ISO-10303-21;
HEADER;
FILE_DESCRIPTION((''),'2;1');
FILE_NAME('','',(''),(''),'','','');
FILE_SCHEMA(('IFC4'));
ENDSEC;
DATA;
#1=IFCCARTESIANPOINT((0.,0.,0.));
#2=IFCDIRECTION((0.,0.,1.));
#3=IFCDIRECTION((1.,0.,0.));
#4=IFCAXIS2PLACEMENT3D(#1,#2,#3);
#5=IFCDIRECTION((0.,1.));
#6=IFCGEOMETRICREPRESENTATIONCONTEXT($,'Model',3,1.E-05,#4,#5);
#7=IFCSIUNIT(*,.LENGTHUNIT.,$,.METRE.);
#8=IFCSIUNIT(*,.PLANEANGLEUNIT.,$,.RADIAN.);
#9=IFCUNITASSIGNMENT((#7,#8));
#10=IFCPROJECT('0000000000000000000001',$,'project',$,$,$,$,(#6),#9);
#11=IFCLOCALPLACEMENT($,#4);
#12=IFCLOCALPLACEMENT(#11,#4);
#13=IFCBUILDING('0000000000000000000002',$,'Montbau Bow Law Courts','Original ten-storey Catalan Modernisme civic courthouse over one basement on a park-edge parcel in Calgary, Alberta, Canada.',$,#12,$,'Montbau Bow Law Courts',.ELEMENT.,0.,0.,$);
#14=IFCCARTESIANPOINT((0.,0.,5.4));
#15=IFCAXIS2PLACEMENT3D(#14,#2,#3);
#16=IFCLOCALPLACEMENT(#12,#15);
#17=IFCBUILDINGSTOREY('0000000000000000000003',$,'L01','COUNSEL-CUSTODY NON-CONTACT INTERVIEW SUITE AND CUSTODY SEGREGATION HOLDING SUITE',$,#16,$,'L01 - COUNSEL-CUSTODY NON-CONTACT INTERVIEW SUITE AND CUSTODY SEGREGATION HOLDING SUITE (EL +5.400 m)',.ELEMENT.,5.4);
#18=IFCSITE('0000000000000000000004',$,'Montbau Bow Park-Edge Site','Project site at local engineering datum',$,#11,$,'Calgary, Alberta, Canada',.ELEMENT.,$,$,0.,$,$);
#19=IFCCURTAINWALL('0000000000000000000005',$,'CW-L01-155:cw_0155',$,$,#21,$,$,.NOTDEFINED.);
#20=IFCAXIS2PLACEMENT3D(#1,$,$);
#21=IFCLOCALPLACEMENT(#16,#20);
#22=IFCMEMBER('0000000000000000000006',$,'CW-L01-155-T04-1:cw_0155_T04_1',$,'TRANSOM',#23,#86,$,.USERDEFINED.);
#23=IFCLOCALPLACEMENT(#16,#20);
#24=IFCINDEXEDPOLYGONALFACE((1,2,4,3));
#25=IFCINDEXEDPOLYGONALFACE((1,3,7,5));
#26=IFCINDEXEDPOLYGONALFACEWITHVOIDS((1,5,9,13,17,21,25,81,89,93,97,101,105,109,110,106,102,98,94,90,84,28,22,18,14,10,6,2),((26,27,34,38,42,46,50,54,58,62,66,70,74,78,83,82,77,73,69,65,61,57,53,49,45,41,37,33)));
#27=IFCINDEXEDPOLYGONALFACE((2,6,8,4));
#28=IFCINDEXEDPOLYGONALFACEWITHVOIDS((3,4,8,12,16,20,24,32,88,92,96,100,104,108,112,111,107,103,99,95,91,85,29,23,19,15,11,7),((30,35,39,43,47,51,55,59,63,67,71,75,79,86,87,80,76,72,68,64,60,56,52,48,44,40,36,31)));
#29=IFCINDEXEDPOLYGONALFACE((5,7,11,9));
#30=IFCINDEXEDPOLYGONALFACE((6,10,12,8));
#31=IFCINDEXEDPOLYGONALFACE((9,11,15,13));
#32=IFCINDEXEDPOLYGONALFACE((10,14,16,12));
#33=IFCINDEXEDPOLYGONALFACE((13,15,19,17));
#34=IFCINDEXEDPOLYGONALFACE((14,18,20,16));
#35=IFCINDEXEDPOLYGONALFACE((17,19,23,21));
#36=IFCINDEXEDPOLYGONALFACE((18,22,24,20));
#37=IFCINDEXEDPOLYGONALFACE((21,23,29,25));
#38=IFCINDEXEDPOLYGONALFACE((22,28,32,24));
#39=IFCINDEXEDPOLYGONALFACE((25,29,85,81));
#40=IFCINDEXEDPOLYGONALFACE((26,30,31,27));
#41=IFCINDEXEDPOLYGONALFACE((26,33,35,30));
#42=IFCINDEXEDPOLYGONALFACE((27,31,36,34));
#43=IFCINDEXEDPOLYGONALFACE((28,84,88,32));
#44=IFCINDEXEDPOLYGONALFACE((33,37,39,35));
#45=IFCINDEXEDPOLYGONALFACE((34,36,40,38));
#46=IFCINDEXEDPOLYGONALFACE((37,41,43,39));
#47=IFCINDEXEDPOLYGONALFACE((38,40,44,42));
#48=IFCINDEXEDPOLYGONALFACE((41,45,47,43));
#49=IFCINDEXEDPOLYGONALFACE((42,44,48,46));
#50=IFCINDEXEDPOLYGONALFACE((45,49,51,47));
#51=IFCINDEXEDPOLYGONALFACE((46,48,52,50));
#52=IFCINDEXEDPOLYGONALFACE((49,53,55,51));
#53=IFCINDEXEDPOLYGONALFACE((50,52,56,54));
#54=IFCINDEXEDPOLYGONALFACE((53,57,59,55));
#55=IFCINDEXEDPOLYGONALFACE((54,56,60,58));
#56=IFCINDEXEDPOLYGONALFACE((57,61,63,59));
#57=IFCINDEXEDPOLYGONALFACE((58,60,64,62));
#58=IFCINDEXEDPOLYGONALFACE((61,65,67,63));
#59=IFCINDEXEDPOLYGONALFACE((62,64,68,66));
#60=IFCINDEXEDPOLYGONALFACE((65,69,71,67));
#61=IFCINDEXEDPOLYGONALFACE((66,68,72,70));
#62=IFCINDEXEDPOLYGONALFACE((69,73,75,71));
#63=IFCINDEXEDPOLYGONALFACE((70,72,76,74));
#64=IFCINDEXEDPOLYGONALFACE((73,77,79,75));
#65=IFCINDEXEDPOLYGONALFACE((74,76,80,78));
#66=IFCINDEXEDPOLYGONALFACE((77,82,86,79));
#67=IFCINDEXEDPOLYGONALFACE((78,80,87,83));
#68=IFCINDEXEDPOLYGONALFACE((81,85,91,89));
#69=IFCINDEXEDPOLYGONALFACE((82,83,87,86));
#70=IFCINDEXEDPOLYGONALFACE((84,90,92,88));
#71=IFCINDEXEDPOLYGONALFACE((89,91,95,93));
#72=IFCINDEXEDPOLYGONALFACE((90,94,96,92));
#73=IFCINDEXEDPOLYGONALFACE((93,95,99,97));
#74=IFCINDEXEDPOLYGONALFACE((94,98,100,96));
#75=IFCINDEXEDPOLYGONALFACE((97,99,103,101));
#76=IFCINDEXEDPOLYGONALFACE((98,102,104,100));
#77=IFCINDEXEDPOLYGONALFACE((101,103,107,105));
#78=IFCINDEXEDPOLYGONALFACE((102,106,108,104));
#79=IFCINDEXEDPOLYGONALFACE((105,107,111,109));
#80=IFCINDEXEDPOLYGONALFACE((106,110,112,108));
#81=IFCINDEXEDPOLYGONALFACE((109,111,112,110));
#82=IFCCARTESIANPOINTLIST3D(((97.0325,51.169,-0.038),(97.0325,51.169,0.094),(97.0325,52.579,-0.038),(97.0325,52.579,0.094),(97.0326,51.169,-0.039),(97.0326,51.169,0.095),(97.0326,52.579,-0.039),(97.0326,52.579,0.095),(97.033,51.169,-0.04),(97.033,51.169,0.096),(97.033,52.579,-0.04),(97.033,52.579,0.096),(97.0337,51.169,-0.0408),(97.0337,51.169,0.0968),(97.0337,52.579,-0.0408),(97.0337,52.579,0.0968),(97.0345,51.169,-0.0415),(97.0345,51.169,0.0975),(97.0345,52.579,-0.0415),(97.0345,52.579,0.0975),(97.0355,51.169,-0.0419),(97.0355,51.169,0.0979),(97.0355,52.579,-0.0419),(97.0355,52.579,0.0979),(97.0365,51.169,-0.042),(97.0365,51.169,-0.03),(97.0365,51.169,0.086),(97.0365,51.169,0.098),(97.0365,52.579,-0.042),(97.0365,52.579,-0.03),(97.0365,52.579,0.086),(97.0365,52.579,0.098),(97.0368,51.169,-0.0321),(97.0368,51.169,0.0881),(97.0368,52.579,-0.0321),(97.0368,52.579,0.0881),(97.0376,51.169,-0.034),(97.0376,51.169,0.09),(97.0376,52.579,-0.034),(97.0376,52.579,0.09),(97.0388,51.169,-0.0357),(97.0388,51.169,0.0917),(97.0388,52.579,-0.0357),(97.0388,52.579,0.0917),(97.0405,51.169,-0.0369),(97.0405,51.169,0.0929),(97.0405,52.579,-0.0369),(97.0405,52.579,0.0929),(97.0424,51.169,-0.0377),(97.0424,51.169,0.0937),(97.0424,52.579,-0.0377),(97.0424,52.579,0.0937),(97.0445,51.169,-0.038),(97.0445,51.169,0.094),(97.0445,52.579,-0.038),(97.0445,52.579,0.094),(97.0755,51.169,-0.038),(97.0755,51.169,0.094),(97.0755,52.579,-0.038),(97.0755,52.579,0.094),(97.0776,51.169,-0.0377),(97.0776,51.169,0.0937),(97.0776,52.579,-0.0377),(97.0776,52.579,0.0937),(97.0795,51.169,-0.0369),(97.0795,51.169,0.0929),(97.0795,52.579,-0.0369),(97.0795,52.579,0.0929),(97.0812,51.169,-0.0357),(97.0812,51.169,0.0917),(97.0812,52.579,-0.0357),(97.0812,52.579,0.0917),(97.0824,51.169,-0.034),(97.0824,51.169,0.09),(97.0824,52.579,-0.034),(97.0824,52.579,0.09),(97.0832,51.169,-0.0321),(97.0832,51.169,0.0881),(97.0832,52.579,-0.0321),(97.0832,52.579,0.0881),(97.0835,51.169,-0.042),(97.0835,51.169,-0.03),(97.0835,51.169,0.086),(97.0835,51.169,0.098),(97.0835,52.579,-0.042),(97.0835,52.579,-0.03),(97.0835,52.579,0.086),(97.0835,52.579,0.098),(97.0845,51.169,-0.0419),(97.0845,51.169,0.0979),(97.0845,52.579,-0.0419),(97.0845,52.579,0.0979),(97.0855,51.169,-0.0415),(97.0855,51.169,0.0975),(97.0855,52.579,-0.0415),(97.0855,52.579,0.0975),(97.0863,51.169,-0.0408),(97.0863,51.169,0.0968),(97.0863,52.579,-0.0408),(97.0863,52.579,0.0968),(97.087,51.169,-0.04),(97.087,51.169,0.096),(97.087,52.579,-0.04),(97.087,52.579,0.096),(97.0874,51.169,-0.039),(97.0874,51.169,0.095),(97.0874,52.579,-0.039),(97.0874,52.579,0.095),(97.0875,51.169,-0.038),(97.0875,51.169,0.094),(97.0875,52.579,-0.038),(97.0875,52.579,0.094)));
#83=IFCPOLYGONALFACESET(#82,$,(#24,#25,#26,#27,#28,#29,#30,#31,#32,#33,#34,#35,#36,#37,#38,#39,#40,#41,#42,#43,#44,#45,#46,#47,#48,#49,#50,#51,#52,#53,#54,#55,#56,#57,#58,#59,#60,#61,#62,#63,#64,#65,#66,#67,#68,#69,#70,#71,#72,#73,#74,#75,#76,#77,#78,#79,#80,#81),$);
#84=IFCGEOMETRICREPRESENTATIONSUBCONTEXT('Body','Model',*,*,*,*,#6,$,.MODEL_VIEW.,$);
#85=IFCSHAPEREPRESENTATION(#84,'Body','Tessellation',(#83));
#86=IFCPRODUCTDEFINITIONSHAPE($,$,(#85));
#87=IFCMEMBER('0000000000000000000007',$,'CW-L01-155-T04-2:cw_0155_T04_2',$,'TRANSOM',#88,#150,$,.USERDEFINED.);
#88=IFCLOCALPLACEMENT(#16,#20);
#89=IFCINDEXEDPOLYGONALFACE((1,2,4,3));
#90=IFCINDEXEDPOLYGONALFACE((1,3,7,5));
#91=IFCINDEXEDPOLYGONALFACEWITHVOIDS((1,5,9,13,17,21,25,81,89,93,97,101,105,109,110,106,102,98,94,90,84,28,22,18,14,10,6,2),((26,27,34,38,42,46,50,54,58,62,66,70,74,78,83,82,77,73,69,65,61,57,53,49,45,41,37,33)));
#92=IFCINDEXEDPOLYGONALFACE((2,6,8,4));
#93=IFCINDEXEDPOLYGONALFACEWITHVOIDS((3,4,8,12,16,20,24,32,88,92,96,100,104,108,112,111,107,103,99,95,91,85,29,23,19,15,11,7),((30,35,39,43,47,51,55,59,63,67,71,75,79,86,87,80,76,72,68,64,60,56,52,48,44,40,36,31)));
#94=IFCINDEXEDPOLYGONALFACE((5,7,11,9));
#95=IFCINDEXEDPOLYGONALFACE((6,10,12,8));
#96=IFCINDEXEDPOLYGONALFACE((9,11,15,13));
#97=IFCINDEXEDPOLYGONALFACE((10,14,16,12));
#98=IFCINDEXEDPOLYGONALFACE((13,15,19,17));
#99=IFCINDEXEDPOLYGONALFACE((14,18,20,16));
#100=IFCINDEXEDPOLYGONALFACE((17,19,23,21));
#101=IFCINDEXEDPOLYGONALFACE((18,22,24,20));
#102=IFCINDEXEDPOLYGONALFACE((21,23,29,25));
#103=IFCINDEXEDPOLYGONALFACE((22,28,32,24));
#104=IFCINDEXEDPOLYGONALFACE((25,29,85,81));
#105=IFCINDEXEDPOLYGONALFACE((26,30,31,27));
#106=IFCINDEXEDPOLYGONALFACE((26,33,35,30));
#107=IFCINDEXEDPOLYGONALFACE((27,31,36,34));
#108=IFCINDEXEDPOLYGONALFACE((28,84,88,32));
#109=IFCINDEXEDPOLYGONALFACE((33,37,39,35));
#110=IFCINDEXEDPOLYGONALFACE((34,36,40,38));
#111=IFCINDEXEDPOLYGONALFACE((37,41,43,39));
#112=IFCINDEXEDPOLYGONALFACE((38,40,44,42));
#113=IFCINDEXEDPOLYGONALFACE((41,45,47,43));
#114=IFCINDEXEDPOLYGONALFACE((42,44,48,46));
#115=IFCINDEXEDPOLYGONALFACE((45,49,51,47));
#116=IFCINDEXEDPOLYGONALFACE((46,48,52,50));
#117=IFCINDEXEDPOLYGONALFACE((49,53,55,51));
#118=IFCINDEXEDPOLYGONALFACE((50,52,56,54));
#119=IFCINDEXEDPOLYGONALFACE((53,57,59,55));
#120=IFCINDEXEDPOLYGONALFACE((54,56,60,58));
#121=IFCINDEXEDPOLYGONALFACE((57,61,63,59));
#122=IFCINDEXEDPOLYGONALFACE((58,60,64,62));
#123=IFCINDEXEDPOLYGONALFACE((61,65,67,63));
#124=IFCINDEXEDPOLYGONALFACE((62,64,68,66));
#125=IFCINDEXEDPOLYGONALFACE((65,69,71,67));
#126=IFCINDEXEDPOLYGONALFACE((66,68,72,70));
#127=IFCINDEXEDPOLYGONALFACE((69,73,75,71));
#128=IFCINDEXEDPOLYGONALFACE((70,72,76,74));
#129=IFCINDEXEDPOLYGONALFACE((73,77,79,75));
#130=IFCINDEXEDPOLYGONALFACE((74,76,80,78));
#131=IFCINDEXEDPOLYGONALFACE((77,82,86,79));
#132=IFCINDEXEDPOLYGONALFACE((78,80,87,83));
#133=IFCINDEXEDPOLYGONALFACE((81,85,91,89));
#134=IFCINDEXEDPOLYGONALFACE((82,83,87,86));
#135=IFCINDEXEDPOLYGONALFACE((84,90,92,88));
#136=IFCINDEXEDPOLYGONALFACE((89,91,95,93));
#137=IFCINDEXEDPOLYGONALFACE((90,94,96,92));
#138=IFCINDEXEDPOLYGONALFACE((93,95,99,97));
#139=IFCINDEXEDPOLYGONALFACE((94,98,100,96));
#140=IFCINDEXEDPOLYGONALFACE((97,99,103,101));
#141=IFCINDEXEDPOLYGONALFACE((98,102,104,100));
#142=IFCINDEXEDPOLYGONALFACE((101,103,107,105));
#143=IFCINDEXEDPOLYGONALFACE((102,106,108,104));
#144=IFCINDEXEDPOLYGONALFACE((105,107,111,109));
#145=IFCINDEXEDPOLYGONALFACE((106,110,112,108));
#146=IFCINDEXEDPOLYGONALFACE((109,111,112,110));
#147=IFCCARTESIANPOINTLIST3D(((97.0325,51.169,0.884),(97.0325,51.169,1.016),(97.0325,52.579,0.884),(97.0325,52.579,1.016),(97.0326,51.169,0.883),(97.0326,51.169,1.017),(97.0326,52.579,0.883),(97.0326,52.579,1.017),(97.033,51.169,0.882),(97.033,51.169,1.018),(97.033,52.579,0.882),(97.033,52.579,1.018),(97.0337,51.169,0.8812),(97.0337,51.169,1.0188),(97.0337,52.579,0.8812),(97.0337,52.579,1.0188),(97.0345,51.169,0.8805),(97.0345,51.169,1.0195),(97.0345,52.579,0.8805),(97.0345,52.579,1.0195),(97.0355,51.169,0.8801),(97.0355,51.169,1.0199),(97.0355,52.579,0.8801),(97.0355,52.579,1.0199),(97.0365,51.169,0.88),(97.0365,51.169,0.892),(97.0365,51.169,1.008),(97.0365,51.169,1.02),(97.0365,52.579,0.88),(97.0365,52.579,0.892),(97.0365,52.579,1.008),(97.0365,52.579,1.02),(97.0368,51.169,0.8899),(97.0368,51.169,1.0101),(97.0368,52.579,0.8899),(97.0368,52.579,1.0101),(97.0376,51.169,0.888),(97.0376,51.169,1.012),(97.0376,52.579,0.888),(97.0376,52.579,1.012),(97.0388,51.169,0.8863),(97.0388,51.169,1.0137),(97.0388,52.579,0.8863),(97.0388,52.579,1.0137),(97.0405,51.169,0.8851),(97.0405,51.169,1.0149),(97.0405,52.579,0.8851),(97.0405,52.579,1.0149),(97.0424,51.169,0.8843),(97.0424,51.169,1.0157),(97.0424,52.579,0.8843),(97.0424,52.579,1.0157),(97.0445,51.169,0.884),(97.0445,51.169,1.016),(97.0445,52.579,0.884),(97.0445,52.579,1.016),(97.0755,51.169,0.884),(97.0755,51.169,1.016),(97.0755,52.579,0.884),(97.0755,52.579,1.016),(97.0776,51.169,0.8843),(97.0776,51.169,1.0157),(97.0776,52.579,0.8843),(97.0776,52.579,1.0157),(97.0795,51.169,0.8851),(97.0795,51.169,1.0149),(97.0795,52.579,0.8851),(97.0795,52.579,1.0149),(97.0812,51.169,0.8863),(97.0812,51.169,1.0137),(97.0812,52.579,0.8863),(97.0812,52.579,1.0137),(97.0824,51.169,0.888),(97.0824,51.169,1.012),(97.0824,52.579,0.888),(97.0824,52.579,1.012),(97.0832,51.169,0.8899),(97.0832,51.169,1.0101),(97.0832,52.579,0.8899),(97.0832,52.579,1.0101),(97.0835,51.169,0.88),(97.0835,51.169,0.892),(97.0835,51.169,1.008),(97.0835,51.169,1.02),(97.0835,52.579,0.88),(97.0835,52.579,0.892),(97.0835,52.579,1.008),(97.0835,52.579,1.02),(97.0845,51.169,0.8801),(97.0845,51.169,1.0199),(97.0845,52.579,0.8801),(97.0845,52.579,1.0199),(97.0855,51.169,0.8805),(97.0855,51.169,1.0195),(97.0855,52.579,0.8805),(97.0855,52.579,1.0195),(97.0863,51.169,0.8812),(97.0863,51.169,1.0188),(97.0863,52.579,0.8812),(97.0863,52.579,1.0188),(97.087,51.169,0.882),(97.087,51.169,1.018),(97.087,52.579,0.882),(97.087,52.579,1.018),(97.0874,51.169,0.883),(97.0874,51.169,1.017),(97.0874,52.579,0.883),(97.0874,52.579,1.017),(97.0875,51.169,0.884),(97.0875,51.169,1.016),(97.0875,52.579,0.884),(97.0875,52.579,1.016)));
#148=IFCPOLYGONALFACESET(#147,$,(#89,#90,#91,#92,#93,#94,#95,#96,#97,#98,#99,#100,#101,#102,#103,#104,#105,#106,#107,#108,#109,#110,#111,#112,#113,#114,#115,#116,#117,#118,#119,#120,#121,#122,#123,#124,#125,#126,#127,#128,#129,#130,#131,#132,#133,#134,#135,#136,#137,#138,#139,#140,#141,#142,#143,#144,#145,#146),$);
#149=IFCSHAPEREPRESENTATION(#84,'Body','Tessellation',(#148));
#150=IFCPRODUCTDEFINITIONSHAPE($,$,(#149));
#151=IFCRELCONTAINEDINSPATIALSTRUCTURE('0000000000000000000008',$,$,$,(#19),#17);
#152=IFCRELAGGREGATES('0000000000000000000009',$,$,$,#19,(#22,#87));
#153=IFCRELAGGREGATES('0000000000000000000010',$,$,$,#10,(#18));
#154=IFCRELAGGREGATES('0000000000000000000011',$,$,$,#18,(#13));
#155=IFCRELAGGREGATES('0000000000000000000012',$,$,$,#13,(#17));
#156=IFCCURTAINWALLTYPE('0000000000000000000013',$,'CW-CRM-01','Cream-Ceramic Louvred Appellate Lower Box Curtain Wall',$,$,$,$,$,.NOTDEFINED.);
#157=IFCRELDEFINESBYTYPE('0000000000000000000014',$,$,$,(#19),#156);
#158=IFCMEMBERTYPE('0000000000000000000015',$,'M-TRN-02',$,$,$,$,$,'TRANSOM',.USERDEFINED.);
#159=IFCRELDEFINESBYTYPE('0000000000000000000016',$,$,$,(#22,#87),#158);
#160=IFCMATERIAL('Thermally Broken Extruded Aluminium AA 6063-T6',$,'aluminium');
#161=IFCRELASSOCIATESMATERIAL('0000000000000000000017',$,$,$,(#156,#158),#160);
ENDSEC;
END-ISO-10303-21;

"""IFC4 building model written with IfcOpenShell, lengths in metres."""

from ifc_helpers import new_model, si_unit, direction, frame, origin_with_axes, origin_2d_with_axis, place, context, subcontext, project, spatial, hollow_rectangle, extrude, material, material_profile, profile_set, type_object, element, aggregate, save


model = new_model("IFC4")

# Units and contexts
model_context = context("Model", 3, precision=1e-05, world=origin_with_axes(), true_north=direction((0.0, 1.0)))
body_context = subcontext(model_context, "Body", "Model", "MODEL_VIEW")
ifc_project = project(units=[si_unit("LENGTHUNIT", "METRE"), si_unit("PLANEANGLEUNIT", "RADIAN")], contexts=[model_context])

# Site, building, storey
site_placement = place(None, origin_with_axes())
site = spatial("IfcSite", under=ifc_project, at=site_placement, Name="Montbau Bow Park-Edge Site", Description="Project site at local engineering datum", LongName="Calgary, Alberta, Canada", CompositionType="ELEMENT", RefElevation=0.0)
building_placement = place(site_placement, origin_with_axes())
building = spatial("IfcBuilding", under=site, at=building_placement, Name="Montbau Bow Law Courts", Description="Original ten-storey Catalan Modernisme civic courthouse over one basement on a park-edge parcel in Calgary, Alberta, Canada.", LongName="Montbau Bow Law Courts", CompositionType="ELEMENT", ElevationOfRefHeight=0.0, ElevationOfTerrain=0.0)
storey_placement = place(building_placement, frame((0.0, 0.0, 5.4), z_axis=(0.0, 0.0, 1.0), x_axis=(1.0, 0.0, 0.0)))
storey = spatial("IfcBuildingStorey", under=building, at=storey_placement, Name="L01", Description="COUNSEL-CUSTODY NON-CONTACT INTERVIEW SUITE AND CUSTODY SEGREGATION HOLDING SUITE", LongName="L01 - COUNSEL-CUSTODY NON-CONTACT INTERVIEW SUITE AND CUSTODY SEGREGATION HOLDING SUITE (EL +5.400 m)", CompositionType="ELEMENT", Elevation=5.4)

# Shared definitions
ifc_material_1 = material(Name="Thermally Broken Extruded Aluminium AA 6063-T6", Category="aluminium")
curtain_wall_type = type_object("IfcCurtainWallType", Name="CW-CRM-01", Description="Cream-Ceramic Louvred Appellate Lower Box Curtain Wall", PredefinedType="NOTDEFINED", material=ifc_material_1)

# Curtain wall
curtain_wall_1_placement = place(None, frame((97.06, 46.715, 5.4), z_axis=(0.0, 0.0, 1.0), x_axis=(1.0, 0.0, 0.0)))
curtain_wall_1 = element("IfcCurtainWall", 1, at=curtain_wall_1_placement, inside=storey, type_object=curtain_wall_type, Name="CW-L01-155:cw_0155", PredefinedType="NOTDEFINED")

# Members
ifc_material_profile_1 = material_profile(ifc_material_1, hollow_rectangle(XDim=0.055, YDim=0.14, WallThickness=0.004, InnerFilletRadius=0.008, OuterFilletRadius=0.004, at=origin_2d_with_axis()), Name="CWT-140X55", Category="Main", Priority=0)
ifc_profile_set_1 = profile_set([ifc_material_profile_1], Name="Thermally Broken Extruded Aluminium AA 6063-T6")
member_type_1 = type_object("IfcMemberType", Name="M-TRN-02", ElementType="TRANSOM", PredefinedType="USERDEFINED", material=ifc_profile_set_1)
member_1_placement = place(None, frame((97.06, 51.169, 5.428), z_axis=(0.0, 1.0, 0.0), x_axis=(-1.0, 0.0, 0.0)))
member_1 = element("IfcMember", 2, at=member_1_placement, type_object=member_type_1, Name="CW-L01-155-T04-1:cw_0155_T04_1", ObjectType="TRANSOM", PredefinedType="USERDEFINED", context=body_context, shape_type="SweptSolid", body=[
    extrude(hollow_rectangle(XDim=0.055, YDim=0.14, WallThickness=0.004, InnerFilletRadius=0.008, OuterFilletRadius=0.004, at=origin_2d_with_axis()), origin_with_axes(), (0.0, 0.0, 1.0), 1.41),
])
member_2_placement = place(None, frame((97.06, 51.169, 6.35), z_axis=(0.0, 1.0, 0.0), x_axis=(-1.0, 0.0, 0.0)))
member_2 = element("IfcMember", 3, at=member_2_placement, type_object=member_type_1, Name="CW-L01-155-T04-2:cw_0155_T04_2", ObjectType="TRANSOM", PredefinedType="USERDEFINED", context=body_context, shape_type="SweptSolid", body=[
    extrude(hollow_rectangle(XDim=0.055, YDim=0.14, WallThickness=0.004, InnerFilletRadius=0.008, OuterFilletRadius=0.004, at=origin_2d_with_axis()), origin_with_axes(), (0.0, 0.0, 1.0), 1.41),
])

aggregate(curtain_wall_1, [member_1, member_2])

save(model, "model.ifc")
